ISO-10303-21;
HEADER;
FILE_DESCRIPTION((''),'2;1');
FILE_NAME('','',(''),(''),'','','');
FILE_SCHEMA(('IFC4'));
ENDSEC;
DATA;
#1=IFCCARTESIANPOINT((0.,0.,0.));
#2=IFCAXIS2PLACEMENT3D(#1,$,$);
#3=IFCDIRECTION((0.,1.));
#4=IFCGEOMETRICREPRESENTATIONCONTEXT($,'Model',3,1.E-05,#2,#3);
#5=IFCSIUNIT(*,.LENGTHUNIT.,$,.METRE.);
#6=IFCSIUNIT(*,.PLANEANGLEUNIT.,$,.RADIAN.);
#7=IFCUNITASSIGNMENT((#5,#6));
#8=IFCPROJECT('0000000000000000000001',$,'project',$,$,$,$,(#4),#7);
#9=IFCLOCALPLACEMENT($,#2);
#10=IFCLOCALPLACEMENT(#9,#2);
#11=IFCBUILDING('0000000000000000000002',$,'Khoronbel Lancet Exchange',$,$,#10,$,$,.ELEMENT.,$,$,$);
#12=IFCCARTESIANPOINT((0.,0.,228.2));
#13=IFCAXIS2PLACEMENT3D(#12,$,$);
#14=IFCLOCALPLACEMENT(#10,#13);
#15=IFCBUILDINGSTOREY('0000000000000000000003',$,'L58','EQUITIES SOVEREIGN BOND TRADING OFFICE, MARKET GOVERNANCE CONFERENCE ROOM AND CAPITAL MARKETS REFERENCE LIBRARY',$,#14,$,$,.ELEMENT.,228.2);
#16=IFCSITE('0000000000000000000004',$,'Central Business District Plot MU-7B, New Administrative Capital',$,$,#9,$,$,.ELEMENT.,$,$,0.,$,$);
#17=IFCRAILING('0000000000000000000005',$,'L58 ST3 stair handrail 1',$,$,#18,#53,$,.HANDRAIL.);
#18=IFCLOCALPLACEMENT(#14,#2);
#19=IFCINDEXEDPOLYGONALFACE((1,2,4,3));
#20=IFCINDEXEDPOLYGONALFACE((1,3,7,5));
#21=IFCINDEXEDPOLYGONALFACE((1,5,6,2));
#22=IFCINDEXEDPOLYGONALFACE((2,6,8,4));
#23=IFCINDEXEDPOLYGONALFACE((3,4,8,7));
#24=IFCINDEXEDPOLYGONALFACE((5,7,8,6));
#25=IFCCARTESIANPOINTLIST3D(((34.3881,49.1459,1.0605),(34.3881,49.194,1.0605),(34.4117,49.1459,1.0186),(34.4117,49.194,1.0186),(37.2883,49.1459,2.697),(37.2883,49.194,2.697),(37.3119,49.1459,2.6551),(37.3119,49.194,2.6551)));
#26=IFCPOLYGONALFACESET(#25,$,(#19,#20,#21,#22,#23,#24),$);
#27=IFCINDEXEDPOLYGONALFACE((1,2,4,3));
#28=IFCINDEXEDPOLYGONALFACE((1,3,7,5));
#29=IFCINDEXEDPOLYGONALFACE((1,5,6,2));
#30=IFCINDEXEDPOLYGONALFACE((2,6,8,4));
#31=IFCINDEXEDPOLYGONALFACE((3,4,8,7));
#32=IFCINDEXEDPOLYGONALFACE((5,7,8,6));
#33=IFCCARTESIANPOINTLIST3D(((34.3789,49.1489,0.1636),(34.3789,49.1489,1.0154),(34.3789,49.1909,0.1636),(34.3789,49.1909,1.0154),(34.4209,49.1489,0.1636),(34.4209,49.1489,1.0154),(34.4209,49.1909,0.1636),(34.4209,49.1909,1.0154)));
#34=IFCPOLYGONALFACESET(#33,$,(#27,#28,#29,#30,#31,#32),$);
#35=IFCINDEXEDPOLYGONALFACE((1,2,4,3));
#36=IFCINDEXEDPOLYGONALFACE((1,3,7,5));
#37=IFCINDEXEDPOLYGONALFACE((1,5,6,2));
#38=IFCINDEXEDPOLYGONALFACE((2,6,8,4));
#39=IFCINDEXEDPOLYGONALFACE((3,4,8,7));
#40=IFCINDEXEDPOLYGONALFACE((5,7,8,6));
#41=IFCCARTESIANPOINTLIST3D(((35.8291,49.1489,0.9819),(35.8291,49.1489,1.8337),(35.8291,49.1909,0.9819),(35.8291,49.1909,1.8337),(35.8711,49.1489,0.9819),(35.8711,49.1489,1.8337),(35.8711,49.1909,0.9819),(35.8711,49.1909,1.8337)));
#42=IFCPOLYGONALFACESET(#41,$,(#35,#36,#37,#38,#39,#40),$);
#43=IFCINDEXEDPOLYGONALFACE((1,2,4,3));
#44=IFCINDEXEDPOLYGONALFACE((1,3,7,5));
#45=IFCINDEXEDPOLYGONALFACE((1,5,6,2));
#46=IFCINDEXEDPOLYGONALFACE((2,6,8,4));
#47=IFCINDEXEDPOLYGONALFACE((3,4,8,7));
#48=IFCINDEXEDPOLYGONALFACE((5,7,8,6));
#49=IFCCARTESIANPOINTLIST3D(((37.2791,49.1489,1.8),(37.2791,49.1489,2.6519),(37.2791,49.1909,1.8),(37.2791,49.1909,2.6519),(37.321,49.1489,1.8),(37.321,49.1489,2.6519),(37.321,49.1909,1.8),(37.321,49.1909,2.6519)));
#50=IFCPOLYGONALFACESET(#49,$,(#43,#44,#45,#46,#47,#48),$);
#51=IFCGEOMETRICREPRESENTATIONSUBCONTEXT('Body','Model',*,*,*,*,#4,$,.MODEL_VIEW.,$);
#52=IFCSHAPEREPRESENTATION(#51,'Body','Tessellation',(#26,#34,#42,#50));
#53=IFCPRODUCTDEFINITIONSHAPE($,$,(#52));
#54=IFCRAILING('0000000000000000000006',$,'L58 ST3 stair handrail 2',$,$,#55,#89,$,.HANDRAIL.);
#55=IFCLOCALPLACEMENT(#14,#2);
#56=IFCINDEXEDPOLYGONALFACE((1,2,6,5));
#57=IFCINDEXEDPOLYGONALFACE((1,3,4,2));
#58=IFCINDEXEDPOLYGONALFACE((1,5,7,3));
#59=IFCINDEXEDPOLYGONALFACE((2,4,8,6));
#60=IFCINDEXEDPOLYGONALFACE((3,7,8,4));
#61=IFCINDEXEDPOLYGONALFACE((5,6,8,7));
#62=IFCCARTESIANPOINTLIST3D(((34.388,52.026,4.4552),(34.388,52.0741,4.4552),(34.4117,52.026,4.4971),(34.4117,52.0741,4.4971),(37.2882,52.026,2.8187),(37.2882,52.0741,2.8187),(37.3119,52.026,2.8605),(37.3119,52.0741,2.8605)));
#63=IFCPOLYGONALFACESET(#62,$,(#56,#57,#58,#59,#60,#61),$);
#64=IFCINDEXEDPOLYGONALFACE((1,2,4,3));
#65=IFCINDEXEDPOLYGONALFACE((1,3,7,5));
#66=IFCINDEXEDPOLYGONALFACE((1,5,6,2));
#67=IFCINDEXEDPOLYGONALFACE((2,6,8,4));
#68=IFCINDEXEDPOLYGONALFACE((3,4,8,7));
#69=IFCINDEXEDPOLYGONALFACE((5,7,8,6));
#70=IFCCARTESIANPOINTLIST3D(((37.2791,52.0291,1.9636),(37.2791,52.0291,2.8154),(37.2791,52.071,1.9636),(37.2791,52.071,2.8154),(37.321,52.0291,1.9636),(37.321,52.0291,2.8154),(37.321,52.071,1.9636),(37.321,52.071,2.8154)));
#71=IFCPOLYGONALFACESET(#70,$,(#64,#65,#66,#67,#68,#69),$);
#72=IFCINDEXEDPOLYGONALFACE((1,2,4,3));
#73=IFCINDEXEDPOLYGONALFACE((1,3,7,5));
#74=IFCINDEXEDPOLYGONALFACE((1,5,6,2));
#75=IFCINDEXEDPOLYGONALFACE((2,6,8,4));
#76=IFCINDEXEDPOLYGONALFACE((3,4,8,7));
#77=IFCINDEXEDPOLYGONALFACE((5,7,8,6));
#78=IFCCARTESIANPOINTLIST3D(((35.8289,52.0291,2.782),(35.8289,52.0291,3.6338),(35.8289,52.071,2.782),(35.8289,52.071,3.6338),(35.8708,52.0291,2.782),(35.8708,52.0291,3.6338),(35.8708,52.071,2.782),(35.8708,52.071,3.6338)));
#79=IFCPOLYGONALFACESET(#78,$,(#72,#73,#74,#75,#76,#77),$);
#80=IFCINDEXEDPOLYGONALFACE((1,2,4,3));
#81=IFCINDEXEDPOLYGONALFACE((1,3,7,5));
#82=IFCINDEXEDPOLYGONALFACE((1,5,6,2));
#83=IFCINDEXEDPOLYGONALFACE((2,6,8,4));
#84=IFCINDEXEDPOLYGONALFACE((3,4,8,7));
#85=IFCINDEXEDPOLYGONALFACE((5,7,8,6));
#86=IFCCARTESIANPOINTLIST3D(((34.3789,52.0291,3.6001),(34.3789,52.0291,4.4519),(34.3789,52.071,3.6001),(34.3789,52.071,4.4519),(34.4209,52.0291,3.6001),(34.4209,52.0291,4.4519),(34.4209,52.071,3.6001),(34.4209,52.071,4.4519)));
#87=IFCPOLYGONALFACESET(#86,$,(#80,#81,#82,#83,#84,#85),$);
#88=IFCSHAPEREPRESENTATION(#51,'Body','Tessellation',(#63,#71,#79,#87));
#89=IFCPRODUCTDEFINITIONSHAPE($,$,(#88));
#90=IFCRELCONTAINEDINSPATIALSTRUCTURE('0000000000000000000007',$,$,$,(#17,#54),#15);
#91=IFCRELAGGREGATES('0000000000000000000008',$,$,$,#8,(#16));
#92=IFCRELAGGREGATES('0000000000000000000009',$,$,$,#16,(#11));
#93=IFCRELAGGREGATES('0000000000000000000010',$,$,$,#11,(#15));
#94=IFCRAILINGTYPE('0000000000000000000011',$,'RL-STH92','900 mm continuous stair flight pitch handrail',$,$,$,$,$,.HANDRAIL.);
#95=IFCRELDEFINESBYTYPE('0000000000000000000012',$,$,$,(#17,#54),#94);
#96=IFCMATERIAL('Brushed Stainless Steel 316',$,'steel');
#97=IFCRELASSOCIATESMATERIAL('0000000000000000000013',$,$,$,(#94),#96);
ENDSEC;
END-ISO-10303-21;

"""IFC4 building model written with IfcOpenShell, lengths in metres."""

from ifc_helpers import new_model, si_unit, direction, frame, origin, origin_2d, place, context, subcontext, project, spatial, rectangle, extrude, material, type_object, element, save


model = new_model("IFC4")

# Units and contexts
model_context = context("Model", 3, precision=1e-05, world=origin(), true_north=direction((0.0, 1.0)))
body_context = subcontext(model_context, "Body", "Model", "MODEL_VIEW")
ifc_project = project(units=[si_unit("LENGTHUNIT", "METRE"), si_unit("PLANEANGLEUNIT", "RADIAN")], contexts=[model_context])

# Site, building, storey
site_placement = place(None, origin())
site = spatial("IfcSite", under=ifc_project, at=site_placement, Name="Central Business District Plot MU-7B, New Administrative Capital", CompositionType="ELEMENT", RefElevation=0.0)
building_placement = place(site_placement, origin())
building = spatial("IfcBuilding", under=site, at=building_placement, Name="Khoronbel Lancet Exchange", CompositionType="ELEMENT")
storey_placement = place(building_placement, frame((0.0, 0.0, 228.2)))
storey = spatial("IfcBuildingStorey", under=building, at=storey_placement, Name="L58", Description="EQUITIES SOVEREIGN BOND TRADING OFFICE, MARKET GOVERNANCE CONFERENCE ROOM AND CAPITAL MARKETS REFERENCE LIBRARY", CompositionType="ELEMENT", Elevation=228.2)

# Railings
ifc_material_1 = material(Name="Brushed Stainless Steel 316", Category="steel")
railing_type_1 = type_object("IfcRailingType", Name="RL-STH92", Description="900 mm continuous stair flight pitch handrail", PredefinedType="HANDRAIL", material=ifc_material_1)
railing_1_placement = place(storey_placement, frame((34.3999, 49.1699, 0.1636)))
element("IfcRailing", 1, at=railing_1_placement, inside=storey, type_object=railing_type_1, Name="L58 ST3 stair handrail 1", PredefinedType="HANDRAIL", context=body_context, shape_type="SweptSolid", body=[
    extrude(rectangle(XDim=0.0481, YDim=0.0481, at=origin_2d()), frame((0.0, 0.0, 0.876), z_axis=(0.870915, 0.0, 0.491434), x_axis=(0.0, 1.0, 0.0)), (0.0, 0.0, 1.0), 3.3301),
    extrude(rectangle(XDim=0.042, YDim=0.042, at=origin_2d()), origin(), (0.0, 0.0, 1.0), 0.8518),
    extrude(rectangle(XDim=0.042, YDim=0.042, at=origin_2d()), frame((1.4502, 0.0, 0.8184)), (0.0, 0.0, 1.0), 0.8518),
    extrude(rectangle(XDim=0.042, YDim=0.042, at=origin_2d()), frame((2.9001, 0.0, 1.6365)), (0.0, 0.0, 1.0), 0.8518),
])
railing_2_placement = place(storey_placement, frame((37.3, 52.05, 1.9636)))
element("IfcRailing", 2, at=railing_2_placement, inside=storey, type_object=railing_type_1, Name="L58 ST3 stair handrail 2", PredefinedType="HANDRAIL", context=body_context, shape_type="SweptSolid", body=[
    extrude(rectangle(XDim=0.0481, YDim=0.0481, at=origin_2d()), frame((0.0, 0.0, 0.876), z_axis=(-0.870915, 0.0, 0.491434), x_axis=(0.0, -1.0, 0.0)), (0.0, 0.0, 1.0), 3.3301),
    extrude(rectangle(XDim=0.042, YDim=0.042, at=origin_2d()), origin(), (0.0, 0.0, 1.0), 0.8518),
    extrude(rectangle(XDim=0.042, YDim=0.042, at=origin_2d()), frame((-1.4502, 0.0, 0.8184)), (0.0, 0.0, 1.0), 0.8518),
    extrude(rectangle(XDim=0.042, YDim=0.042, at=origin_2d()), frame((-2.9001, 0.0, 1.6365)), (0.0, 0.0, 1.0), 0.8518),
])

save(model, "model.ifc")
